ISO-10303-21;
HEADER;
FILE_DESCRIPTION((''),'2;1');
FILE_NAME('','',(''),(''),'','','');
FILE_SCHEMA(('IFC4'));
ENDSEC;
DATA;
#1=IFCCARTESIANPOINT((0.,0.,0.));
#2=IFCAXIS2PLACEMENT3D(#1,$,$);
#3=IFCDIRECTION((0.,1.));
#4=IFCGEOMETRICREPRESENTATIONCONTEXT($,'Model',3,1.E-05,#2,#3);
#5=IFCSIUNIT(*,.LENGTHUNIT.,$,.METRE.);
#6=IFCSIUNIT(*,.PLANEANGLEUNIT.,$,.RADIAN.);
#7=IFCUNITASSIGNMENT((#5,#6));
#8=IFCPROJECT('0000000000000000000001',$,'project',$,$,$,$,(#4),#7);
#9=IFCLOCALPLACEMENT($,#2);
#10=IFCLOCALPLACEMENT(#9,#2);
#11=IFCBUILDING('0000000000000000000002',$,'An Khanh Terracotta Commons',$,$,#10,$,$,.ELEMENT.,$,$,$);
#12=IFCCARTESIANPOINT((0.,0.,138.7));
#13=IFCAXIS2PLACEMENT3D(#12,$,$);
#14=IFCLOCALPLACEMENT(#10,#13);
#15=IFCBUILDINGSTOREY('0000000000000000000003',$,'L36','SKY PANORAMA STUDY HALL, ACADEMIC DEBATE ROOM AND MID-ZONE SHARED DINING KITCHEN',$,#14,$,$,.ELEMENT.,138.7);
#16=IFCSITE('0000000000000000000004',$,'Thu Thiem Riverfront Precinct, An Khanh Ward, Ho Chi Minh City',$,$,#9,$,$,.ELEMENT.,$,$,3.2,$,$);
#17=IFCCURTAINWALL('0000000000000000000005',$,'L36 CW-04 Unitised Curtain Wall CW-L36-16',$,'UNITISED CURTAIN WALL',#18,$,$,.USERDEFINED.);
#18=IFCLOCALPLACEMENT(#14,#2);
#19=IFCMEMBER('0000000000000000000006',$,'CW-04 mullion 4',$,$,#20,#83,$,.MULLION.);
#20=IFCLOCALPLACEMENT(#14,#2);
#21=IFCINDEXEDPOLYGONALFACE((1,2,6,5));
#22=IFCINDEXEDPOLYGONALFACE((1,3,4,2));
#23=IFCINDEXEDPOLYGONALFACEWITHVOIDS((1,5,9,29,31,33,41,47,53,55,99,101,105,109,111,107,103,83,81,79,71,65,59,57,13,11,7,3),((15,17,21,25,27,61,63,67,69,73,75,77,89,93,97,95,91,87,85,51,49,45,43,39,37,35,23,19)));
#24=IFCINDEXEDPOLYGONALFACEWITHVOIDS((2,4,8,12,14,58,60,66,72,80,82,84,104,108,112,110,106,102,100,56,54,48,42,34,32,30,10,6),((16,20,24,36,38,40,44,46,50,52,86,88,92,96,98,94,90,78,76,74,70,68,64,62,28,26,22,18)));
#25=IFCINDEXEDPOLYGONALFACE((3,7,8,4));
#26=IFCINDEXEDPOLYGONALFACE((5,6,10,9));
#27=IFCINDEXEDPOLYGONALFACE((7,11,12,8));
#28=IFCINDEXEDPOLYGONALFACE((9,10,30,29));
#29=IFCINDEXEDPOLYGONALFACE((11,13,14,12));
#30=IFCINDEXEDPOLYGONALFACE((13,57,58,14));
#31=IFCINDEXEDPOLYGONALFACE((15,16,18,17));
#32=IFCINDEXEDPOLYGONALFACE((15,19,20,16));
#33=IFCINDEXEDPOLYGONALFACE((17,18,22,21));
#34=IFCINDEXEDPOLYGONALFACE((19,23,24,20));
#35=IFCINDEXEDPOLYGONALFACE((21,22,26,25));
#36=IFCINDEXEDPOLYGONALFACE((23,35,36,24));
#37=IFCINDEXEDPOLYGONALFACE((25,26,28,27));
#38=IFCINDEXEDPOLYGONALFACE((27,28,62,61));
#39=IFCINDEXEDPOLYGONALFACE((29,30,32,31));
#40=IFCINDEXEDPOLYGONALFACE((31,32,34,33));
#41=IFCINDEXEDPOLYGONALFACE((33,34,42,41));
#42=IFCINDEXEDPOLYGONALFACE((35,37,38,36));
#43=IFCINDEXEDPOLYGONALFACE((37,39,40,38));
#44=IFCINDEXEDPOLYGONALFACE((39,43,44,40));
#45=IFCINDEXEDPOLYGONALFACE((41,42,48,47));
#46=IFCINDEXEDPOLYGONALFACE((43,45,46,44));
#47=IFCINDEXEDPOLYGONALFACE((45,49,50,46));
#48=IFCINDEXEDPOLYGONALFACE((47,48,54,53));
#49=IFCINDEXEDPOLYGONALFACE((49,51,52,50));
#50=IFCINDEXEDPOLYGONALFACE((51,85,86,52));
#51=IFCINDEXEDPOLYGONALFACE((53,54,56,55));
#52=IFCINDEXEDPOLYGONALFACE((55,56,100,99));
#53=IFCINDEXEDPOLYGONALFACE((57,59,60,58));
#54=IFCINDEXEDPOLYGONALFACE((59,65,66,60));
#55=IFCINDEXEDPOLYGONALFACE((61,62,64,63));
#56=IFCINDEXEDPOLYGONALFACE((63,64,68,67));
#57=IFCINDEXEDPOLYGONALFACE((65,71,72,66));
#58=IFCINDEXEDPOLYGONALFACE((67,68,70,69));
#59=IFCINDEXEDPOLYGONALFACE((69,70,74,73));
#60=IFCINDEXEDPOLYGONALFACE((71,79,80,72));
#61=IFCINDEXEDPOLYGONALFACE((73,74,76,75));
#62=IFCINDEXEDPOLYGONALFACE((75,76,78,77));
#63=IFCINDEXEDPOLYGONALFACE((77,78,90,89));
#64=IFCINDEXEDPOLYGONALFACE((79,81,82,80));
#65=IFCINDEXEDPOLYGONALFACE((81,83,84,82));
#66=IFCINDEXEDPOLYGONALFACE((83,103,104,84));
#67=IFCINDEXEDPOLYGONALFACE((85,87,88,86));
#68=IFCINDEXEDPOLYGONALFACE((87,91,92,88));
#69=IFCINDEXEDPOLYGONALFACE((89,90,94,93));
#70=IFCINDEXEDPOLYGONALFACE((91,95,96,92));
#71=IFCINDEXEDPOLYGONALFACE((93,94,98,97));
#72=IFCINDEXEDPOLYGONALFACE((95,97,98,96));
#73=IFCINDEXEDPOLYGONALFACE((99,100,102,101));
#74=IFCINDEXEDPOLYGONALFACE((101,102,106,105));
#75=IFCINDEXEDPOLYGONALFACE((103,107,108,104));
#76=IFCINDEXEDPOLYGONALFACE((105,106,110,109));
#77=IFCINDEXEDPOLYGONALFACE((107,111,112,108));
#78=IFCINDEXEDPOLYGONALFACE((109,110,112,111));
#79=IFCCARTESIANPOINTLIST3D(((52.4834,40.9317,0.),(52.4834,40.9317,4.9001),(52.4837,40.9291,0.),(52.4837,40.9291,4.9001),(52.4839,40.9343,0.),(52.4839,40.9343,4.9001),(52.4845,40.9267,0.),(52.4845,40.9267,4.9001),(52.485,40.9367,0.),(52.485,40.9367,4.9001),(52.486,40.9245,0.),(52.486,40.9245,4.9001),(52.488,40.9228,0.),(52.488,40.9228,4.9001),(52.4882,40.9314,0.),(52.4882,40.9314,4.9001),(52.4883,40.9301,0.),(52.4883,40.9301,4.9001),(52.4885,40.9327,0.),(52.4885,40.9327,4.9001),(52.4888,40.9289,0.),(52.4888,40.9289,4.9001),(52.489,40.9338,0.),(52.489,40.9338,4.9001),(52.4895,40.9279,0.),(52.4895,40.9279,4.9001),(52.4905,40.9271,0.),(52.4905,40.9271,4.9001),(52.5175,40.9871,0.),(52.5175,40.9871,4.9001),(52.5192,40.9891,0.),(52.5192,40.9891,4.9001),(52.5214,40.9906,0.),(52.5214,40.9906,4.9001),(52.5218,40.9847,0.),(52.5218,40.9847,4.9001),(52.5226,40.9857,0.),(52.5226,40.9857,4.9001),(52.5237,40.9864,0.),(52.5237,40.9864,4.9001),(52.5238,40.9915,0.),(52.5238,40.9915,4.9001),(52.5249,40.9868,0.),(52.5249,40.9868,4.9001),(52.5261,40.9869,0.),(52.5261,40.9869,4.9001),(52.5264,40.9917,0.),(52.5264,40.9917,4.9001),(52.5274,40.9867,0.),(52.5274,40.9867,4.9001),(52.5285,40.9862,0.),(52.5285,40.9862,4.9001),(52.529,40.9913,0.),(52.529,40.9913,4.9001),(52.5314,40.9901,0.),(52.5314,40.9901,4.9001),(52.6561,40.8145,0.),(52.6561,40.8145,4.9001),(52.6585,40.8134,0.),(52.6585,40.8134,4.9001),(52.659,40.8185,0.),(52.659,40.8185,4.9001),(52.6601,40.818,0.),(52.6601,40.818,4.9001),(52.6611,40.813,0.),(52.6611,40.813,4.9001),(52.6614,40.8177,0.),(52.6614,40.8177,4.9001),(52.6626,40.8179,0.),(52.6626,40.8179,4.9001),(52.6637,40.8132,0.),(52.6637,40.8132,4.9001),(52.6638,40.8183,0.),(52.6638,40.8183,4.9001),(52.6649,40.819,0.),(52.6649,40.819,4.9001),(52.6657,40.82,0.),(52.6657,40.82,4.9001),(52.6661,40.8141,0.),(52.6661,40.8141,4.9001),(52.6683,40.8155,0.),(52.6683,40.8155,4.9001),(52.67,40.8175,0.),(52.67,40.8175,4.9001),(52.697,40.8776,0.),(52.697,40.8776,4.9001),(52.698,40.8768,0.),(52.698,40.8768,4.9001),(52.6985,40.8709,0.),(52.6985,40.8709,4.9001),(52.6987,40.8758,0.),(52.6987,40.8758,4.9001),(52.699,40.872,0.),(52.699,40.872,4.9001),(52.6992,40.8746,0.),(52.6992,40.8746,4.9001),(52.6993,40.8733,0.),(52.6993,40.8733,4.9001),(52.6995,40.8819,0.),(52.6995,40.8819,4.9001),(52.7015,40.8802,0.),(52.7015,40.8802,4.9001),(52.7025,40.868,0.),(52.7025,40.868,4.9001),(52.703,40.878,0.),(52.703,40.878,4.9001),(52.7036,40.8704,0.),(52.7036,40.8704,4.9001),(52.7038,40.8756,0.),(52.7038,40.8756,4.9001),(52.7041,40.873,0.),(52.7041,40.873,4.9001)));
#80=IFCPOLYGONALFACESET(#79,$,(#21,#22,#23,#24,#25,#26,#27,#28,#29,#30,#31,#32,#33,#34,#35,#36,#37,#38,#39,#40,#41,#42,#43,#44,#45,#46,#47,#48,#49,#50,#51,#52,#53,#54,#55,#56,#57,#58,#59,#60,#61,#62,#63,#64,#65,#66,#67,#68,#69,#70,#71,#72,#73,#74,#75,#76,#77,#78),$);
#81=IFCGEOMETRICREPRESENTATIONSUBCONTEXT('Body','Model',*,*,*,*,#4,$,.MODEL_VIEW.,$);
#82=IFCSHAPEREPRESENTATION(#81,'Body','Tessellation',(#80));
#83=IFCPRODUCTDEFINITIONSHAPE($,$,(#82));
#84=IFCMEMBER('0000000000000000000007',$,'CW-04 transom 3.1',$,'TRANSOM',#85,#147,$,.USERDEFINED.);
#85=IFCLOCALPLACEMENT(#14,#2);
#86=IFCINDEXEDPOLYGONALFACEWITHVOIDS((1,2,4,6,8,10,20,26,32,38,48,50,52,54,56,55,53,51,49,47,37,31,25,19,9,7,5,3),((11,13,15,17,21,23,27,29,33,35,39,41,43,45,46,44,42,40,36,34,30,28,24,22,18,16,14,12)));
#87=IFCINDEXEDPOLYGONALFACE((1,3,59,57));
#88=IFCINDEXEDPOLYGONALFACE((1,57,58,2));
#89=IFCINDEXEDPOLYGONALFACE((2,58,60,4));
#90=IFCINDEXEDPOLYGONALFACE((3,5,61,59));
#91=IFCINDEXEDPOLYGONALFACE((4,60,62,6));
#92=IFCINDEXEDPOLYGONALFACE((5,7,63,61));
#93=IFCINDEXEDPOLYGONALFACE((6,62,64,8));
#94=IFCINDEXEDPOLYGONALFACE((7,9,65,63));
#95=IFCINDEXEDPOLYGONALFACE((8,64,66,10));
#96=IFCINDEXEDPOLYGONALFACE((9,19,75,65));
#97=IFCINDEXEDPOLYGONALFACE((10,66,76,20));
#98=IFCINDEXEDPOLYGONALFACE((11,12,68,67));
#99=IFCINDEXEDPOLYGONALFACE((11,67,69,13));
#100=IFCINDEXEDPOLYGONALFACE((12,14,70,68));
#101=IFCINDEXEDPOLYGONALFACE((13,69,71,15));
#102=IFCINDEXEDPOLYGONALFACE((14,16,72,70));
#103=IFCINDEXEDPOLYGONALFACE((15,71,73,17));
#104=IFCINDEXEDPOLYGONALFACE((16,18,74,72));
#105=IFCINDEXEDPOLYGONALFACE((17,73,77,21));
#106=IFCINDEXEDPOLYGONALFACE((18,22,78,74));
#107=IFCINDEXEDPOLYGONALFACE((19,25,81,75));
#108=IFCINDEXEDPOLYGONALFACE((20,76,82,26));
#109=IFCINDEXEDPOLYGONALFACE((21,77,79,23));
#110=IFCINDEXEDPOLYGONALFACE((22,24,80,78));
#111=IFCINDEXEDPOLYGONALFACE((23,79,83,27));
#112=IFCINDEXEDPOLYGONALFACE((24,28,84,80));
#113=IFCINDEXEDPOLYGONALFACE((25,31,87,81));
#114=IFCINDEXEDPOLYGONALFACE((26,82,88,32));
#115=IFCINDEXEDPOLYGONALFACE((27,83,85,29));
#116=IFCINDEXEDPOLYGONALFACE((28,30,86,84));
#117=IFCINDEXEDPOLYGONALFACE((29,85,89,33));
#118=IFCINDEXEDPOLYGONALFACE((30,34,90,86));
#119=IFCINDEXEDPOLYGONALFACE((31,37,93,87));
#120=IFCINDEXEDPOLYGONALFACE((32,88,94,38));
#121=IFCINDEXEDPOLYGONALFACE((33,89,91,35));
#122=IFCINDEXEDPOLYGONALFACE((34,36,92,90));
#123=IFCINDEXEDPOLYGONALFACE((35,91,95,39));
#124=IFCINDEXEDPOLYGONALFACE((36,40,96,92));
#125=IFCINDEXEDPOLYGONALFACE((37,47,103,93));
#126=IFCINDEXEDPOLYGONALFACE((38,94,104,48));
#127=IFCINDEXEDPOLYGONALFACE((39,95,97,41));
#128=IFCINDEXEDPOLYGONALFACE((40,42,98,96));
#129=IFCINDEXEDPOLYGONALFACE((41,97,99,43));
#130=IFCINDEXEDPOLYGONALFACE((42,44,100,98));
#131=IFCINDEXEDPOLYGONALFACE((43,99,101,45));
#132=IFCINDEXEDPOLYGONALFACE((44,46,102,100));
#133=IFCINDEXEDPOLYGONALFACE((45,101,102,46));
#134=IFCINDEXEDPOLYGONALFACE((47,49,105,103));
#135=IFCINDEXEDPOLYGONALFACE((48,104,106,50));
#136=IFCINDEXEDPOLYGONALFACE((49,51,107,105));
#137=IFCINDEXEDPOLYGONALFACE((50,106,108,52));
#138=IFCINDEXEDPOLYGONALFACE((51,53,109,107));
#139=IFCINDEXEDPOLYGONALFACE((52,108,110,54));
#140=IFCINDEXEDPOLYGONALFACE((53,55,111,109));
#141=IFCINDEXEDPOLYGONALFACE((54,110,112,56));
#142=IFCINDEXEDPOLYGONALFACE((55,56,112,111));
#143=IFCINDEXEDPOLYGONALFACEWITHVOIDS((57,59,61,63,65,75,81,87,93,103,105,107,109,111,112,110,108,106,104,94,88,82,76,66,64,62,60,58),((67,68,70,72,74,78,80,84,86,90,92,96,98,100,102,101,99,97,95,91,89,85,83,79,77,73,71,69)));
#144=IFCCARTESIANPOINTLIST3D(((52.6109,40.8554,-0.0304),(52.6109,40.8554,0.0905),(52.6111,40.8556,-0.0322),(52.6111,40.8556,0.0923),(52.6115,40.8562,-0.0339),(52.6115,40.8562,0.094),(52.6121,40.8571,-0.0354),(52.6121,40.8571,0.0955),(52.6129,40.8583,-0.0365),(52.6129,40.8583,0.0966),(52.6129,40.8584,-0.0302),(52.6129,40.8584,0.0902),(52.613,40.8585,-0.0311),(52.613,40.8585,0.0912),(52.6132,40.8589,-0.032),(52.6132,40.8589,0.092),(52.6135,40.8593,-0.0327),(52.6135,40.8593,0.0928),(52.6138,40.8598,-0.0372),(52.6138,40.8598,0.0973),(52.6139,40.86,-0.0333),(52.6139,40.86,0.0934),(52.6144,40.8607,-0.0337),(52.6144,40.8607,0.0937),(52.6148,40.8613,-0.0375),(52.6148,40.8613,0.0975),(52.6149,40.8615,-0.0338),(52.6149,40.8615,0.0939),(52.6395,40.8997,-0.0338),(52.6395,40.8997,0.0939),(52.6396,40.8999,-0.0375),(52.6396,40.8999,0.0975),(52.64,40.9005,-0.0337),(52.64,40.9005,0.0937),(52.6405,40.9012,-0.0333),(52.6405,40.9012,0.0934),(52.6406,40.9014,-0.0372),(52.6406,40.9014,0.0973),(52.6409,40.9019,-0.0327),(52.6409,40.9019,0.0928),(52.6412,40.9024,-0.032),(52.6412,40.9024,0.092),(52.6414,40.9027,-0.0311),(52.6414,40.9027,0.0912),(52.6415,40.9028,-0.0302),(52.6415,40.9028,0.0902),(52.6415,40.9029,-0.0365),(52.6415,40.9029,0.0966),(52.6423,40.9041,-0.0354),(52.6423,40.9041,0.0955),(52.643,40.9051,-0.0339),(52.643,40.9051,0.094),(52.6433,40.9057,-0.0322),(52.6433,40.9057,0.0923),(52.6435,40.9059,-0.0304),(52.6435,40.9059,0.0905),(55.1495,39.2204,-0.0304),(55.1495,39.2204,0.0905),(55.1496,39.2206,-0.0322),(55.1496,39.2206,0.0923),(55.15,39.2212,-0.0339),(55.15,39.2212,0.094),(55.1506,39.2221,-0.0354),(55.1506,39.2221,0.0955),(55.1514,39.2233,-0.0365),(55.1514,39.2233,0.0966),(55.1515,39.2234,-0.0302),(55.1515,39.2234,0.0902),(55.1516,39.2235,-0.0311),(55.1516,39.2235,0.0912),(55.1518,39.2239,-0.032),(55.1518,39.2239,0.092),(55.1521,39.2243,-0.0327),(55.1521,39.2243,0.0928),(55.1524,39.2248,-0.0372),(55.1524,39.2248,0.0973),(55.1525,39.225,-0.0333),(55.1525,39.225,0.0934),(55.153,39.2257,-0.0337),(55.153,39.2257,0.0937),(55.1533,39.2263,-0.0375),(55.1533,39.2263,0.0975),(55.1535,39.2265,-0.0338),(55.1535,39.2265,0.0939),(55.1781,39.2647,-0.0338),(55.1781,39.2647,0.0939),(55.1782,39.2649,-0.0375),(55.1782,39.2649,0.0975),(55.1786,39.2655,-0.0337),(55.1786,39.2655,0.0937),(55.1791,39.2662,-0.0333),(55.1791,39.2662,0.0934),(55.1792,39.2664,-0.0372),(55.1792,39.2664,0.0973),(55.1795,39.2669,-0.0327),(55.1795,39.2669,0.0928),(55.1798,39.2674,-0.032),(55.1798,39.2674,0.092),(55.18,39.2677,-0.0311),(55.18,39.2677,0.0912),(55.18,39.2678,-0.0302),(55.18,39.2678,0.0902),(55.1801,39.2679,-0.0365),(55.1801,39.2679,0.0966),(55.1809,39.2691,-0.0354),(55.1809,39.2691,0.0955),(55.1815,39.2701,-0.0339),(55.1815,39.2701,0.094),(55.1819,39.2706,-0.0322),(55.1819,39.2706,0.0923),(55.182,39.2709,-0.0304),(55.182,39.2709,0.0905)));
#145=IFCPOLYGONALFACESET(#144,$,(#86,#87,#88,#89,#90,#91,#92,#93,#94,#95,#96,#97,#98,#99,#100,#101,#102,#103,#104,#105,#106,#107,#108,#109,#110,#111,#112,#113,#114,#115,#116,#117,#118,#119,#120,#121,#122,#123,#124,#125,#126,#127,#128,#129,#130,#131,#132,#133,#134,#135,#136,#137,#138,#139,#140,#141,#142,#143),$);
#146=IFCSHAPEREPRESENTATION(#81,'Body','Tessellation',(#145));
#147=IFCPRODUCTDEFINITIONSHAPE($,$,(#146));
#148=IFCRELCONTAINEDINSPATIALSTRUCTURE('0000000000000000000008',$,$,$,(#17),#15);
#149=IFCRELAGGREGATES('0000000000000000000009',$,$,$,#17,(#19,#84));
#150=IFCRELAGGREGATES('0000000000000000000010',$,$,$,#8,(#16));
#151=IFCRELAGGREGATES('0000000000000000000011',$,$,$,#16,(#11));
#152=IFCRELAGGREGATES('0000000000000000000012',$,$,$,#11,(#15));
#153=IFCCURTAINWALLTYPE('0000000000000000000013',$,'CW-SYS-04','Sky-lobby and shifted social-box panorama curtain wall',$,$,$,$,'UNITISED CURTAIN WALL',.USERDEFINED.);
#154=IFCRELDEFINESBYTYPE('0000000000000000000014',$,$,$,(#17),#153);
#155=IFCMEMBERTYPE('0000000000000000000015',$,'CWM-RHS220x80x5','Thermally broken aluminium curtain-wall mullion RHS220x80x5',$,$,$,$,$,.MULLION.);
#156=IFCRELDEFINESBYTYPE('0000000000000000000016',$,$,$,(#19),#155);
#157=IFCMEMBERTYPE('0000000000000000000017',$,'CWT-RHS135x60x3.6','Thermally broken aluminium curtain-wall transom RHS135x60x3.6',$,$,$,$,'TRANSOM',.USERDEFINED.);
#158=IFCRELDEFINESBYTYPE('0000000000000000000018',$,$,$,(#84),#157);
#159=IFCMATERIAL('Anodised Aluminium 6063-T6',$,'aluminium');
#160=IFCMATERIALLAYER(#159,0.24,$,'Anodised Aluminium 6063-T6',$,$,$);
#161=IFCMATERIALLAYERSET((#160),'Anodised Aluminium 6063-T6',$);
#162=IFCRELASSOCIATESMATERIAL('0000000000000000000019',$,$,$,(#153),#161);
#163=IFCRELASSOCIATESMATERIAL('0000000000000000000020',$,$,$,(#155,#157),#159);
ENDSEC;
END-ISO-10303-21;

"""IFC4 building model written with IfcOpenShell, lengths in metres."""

from ifc_helpers import new_model, si_unit, direction, frame, origin, origin_2d, place, context, subcontext, project, spatial, hollow_rectangle, extrude, material, layer, layer_set, material_profile, profile_set, type_object, element, aggregate, save


model = new_model("IFC4")

# Units and contexts
model_context = context("Model", 3, precision=1e-05, world=origin(), true_north=direction((0.0, 1.0)))
body_context = subcontext(model_context, "Body", "Model", "MODEL_VIEW")
ifc_project = project(units=[si_unit("LENGTHUNIT", "METRE"), si_unit("PLANEANGLEUNIT", "RADIAN")], contexts=[model_context])

# Site, building, storey
site_placement = place(None, origin())
site = spatial("IfcSite", under=ifc_project, at=site_placement, Name="Thu Thiem Riverfront Precinct, An Khanh Ward, Ho Chi Minh City", CompositionType="ELEMENT", RefElevation=3.2)
building_placement = place(site_placement, origin())
building = spatial("IfcBuilding", under=site, at=building_placement, Name="An Khanh Terracotta Commons", CompositionType="ELEMENT")
storey_placement = place(building_placement, frame((0.0, 0.0, 138.7)))
storey = spatial("IfcBuildingStorey", under=building, at=storey_placement, Name="L36", Description="SKY PANORAMA STUDY HALL, ACADEMIC DEBATE ROOM AND MID-ZONE SHARED DINING KITCHEN", CompositionType="ELEMENT", Elevation=138.7)

# Curtain wall, members
ifc_material_1 = material(Name="Anodised Aluminium 6063-T6", Category="aluminium")
ifc_layer_1 = layer(ifc_material_1, 0.24, Name="Anodised Aluminium 6063-T6")
ifc_layer_set_1 = layer_set([ifc_layer_1], Name="Anodised Aluminium 6063-T6")
curtain_wall_type = type_object("IfcCurtainWallType", Name="CW-SYS-04", Description="Sky-lobby and shifted social-box panorama curtain wall", ElementType="UNITISED CURTAIN WALL", PredefinedType="USERDEFINED", material=ifc_layer_set_1)
curtain_wall_placement = place(storey_placement, origin())
curtain_wall = element("IfcCurtainWall", 1, at=curtain_wall_placement, inside=storey, type_object=curtain_wall_type, Name="L36 CW-04 Unitised Curtain Wall CW-L36-16", ObjectType="UNITISED CURTAIN WALL", PredefinedType="USERDEFINED")
ifc_material_profile_1 = material_profile(ifc_material_1, hollow_rectangle(XDim=0.0801, YDim=0.22, WallThickness=0.0049, InnerFilletRadius=0.0049, OuterFilletRadius=0.01, at=origin_2d()), Name="RHS220x80x5")
ifc_profile_set_1 = profile_set([ifc_material_profile_1], Name="Anodised Aluminium 6063-T6")
member_type_1 = type_object("IfcMemberType", Name="CWM-RHS220x80x5", Description="Thermally broken aluminium curtain-wall mullion RHS220x80x5", PredefinedType="MULLION", material=ifc_profile_set_1)
member_1_placement = place(storey_placement, frame((52.5938, 40.9023, 0.0), z_axis=(0.0, 0.0, 1.0), x_axis=(-0.541498, -0.840702, 0.0)))
member_1 = element("IfcMember", 2, at=member_1_placement, type_object=member_type_1, Name="CW-04 mullion 4", PredefinedType="MULLION", context=body_context, shape_type="SweptSolid", body=[
    extrude(hollow_rectangle(XDim=0.0801, YDim=0.22, WallThickness=0.0049, InnerFilletRadius=0.0049, OuterFilletRadius=0.01, at=origin_2d()), origin(), (0.0, 0.0, 1.0), 4.9001),
])
ifc_material_profile_2 = material_profile(ifc_material_1, hollow_rectangle(XDim=0.0601, YDim=0.135, WallThickness=0.0037, InnerFilletRadius=0.0037, OuterFilletRadius=0.0071, at=origin_2d()), Name="RHS135x60x3.6")
ifc_profile_set_2 = profile_set([ifc_material_profile_2], Name="Anodised Aluminium 6063-T6")
member_type_2 = type_object("IfcMemberType", Name="CWT-RHS135x60x3.6", Description="Thermally broken aluminium curtain-wall transom RHS135x60x3.6", ElementType="TRANSOM", PredefinedType="USERDEFINED", material=ifc_profile_set_2)
member_2_placement = place(storey_placement, frame((55.1658, 39.2456, 0.03), z_axis=(-0.840716, 0.541477, 0.0), x_axis=(-0.541477, -0.840716, 0.0)))
member_2 = element("IfcMember", 3, at=member_2_placement, type_object=member_type_2, Name="CW-04 transom 3.1", ObjectType="TRANSOM", PredefinedType="USERDEFINED", context=body_context, shape_type="SweptSolid", body=[
    extrude(hollow_rectangle(XDim=0.0601, YDim=0.135, WallThickness=0.0037, InnerFilletRadius=0.0037, OuterFilletRadius=0.0071, at=origin_2d()), origin(), (0.0, 0.0, 1.0), 3.0195),
])
aggregate(curtain_wall, [member_1, member_2])

save(model, "model.ifc")
